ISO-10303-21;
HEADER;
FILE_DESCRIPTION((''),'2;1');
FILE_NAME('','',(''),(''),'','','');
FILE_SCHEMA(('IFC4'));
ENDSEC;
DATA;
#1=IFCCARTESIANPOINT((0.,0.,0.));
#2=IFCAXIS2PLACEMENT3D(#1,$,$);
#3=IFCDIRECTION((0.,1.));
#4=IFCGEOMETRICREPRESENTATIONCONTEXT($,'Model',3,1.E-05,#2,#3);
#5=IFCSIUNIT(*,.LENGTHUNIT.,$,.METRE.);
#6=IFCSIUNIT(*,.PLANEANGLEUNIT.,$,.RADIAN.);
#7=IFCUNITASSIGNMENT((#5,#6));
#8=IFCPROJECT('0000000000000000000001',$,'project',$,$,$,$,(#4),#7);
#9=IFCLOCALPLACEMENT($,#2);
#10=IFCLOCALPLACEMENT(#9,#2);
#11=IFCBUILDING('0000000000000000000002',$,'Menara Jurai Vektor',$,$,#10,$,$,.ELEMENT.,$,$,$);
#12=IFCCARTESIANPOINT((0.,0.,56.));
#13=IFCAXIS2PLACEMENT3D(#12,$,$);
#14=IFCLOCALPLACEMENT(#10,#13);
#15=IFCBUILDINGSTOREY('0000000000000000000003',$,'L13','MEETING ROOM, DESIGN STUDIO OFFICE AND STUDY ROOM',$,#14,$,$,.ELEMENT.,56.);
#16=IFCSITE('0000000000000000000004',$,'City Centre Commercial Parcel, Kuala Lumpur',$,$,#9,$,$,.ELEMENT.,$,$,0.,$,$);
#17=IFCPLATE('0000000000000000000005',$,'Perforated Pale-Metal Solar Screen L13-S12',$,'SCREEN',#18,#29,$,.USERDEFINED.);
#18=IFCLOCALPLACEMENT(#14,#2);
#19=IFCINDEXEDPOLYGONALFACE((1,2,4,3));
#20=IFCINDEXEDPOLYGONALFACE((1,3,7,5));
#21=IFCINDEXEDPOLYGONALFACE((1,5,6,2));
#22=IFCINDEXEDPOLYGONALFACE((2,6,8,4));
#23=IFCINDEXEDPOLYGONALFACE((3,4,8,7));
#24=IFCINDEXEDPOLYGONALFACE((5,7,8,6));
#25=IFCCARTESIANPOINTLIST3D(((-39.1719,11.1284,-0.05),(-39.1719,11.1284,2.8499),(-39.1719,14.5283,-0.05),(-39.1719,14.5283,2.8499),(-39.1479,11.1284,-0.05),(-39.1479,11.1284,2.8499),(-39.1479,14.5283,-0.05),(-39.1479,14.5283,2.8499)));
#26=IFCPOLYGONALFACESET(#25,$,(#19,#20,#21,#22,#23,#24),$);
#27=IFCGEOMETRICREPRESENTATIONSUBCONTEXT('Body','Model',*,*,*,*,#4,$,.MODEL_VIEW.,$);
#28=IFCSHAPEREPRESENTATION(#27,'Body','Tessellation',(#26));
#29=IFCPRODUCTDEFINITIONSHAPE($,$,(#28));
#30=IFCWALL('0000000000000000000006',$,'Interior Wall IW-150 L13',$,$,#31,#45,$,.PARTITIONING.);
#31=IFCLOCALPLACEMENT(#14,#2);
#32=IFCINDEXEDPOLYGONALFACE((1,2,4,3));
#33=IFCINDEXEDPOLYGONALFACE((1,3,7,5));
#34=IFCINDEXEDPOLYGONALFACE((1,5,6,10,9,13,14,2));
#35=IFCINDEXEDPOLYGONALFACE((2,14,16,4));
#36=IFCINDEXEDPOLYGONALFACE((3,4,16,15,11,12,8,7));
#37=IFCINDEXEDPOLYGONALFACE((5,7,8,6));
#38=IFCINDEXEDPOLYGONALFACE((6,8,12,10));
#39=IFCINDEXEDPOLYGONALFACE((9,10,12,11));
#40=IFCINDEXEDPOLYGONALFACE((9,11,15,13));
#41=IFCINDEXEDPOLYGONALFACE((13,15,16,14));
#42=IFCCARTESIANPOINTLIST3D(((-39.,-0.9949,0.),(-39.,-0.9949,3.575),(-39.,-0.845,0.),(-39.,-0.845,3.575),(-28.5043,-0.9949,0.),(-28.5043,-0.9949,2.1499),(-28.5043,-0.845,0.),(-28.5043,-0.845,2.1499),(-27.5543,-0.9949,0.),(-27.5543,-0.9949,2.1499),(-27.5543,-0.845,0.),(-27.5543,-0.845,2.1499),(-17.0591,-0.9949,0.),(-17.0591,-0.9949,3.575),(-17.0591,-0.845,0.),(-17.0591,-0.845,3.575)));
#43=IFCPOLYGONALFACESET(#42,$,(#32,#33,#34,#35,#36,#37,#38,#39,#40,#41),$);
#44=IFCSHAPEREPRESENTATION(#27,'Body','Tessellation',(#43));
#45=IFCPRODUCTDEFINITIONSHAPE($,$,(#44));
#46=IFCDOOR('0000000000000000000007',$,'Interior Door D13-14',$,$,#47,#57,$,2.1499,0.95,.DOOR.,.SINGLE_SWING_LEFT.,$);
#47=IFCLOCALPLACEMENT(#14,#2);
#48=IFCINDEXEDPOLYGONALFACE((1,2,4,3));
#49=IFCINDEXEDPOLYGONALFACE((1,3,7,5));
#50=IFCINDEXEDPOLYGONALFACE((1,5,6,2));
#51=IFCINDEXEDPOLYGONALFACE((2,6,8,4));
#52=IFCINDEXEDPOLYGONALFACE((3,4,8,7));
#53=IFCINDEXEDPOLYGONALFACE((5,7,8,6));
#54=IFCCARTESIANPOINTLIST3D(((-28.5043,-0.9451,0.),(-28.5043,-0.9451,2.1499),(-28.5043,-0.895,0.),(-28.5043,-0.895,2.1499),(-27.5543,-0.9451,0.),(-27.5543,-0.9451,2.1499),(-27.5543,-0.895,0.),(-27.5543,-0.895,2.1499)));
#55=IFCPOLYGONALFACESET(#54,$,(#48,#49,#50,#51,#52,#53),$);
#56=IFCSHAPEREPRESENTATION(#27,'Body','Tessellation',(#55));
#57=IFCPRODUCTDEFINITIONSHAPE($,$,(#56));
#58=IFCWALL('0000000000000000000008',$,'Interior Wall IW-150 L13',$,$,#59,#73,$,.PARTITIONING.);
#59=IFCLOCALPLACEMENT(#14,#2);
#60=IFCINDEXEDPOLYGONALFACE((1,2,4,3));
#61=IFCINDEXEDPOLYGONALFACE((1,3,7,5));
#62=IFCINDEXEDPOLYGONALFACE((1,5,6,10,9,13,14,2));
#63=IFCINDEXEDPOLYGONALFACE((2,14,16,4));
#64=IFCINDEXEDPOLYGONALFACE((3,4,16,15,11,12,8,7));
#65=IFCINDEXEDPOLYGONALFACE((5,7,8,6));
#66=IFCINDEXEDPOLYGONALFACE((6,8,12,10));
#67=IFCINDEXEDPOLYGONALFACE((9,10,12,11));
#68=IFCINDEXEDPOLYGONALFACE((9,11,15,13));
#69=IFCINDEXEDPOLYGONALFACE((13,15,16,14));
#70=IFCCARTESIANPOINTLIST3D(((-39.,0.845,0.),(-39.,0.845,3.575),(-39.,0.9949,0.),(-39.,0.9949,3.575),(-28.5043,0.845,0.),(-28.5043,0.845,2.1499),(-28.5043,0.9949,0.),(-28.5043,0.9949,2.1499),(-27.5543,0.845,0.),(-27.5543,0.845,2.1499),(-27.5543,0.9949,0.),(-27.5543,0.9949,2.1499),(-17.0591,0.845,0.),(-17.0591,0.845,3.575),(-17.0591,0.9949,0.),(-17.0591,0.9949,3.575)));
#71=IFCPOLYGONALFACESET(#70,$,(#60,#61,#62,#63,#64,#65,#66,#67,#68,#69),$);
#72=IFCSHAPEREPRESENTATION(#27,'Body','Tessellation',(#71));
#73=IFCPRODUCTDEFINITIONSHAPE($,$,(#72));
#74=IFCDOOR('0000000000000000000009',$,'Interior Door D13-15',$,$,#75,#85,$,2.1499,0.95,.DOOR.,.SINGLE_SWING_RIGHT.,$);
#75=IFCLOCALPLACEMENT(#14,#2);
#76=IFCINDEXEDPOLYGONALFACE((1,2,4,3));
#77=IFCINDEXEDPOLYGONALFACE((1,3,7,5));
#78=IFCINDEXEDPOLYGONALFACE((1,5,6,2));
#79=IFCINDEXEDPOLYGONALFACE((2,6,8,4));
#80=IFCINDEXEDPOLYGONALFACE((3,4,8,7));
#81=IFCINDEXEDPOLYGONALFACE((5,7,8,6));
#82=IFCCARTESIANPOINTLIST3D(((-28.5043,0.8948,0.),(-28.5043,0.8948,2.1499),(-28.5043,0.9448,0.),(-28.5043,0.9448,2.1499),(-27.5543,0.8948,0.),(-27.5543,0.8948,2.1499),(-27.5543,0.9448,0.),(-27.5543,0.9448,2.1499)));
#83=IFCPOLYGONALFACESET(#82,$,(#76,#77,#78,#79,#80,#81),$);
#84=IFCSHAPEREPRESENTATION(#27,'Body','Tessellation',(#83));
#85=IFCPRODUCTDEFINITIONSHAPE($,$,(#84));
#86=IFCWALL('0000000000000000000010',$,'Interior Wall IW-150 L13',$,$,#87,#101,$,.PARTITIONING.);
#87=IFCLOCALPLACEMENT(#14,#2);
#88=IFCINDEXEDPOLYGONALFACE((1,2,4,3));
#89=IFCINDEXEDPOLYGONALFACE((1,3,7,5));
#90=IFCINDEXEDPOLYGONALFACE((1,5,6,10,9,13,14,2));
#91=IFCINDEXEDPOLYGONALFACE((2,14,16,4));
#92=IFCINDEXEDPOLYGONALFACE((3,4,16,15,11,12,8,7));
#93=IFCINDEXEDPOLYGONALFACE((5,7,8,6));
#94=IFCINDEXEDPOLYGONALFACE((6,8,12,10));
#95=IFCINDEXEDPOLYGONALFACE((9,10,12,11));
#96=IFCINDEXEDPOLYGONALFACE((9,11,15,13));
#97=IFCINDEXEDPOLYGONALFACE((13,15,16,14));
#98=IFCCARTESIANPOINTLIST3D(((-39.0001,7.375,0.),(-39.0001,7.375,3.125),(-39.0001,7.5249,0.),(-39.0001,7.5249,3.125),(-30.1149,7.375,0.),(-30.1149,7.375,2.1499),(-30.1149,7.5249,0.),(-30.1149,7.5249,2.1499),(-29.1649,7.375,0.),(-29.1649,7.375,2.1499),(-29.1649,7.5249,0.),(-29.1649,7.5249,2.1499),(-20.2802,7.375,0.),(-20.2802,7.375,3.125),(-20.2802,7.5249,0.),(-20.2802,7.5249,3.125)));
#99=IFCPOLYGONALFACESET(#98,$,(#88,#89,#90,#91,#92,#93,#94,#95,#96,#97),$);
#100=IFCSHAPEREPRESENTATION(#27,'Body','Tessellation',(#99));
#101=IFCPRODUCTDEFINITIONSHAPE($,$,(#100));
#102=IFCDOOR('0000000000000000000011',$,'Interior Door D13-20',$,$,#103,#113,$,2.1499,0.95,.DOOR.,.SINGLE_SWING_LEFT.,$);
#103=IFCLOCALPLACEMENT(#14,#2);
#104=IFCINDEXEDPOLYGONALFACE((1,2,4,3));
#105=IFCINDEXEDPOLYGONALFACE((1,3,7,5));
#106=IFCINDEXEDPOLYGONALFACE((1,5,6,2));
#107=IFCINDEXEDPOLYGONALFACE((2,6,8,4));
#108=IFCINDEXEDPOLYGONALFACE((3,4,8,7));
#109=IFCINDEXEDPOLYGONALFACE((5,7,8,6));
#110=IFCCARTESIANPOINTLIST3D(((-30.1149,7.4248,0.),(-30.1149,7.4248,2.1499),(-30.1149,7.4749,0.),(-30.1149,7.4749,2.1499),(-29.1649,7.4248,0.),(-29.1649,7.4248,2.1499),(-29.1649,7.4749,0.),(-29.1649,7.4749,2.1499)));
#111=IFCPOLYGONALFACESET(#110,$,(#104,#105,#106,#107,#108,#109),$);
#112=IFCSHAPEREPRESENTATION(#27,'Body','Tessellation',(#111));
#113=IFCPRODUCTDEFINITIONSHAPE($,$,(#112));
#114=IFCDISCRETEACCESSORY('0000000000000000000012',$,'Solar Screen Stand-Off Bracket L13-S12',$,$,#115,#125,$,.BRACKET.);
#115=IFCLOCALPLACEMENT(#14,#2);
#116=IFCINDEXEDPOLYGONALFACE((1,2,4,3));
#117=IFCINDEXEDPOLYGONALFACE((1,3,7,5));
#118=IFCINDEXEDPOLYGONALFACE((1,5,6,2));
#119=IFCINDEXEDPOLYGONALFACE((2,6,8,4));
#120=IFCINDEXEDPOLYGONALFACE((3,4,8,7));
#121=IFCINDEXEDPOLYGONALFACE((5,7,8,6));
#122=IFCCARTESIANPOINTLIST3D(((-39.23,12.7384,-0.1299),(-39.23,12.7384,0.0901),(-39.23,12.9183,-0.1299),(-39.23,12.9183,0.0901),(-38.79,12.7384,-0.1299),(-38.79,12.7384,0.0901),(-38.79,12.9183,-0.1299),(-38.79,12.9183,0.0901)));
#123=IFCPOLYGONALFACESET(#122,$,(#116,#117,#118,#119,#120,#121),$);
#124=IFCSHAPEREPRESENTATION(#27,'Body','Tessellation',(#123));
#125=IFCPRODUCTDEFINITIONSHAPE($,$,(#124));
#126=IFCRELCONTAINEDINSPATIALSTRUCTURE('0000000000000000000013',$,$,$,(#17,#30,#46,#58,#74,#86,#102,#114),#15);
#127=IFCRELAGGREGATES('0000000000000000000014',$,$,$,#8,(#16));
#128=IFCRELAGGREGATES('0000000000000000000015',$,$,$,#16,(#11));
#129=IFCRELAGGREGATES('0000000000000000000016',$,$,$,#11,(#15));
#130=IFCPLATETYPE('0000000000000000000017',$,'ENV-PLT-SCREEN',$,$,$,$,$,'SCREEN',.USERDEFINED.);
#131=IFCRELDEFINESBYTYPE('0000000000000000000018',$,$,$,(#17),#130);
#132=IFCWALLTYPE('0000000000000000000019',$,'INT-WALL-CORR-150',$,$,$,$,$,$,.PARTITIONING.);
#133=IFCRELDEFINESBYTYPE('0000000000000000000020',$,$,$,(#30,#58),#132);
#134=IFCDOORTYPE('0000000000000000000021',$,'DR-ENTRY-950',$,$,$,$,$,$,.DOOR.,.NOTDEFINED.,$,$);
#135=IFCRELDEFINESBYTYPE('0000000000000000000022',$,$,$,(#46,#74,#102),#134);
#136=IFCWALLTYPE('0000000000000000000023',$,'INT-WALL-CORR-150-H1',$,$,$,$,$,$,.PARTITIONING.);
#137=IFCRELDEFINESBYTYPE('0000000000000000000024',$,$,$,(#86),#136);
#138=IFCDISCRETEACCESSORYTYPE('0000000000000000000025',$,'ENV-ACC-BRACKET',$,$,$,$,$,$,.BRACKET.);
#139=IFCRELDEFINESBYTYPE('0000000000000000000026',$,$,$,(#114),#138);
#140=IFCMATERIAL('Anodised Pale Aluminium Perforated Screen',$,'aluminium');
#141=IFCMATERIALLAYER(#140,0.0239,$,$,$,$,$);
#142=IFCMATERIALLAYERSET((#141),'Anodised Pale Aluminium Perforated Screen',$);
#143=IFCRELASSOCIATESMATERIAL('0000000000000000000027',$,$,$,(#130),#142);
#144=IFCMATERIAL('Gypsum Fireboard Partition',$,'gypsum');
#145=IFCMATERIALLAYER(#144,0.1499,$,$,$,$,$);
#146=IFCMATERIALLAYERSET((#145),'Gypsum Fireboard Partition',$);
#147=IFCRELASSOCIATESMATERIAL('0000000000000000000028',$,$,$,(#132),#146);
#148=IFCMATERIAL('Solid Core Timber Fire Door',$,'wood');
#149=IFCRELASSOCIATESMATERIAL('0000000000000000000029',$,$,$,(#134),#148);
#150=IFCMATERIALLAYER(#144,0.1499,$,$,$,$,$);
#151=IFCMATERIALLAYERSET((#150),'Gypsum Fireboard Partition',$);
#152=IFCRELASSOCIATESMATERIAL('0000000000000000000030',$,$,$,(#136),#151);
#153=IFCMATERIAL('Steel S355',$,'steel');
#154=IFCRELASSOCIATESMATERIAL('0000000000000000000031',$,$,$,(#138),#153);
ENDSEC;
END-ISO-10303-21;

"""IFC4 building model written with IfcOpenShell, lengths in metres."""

from ifc_helpers import new_model, si_unit, direction, frame, frame_2d, origin, origin_2d, place, context, subcontext, project, spatial, rectangle, extrude, material, layer, layer_set, type_object, element, fill, save


model = new_model("IFC4")

# Units and contexts
model_context = context("Model", 3, precision=1e-05, world=origin(), true_north=direction((0.0, 1.0)))
body_context = subcontext(model_context, "Body", "Model", "MODEL_VIEW")
ifc_project = project(units=[si_unit("LENGTHUNIT", "METRE"), si_unit("PLANEANGLEUNIT", "RADIAN")], contexts=[model_context])

# Site, building, storey
site_placement = place(None, origin())
site = spatial("IfcSite", under=ifc_project, at=site_placement, Name="City Centre Commercial Parcel, Kuala Lumpur", CompositionType="ELEMENT", RefElevation=0.0)
building_placement = place(site_placement, origin())
building = spatial("IfcBuilding", under=site, at=building_placement, Name="Menara Jurai Vektor", CompositionType="ELEMENT")
storey_placement = place(building_placement, frame((0.0, 0.0, 56.0)))
storey = spatial("IfcBuildingStorey", under=building, at=storey_placement, Name="L13", Description="MEETING ROOM, DESIGN STUDIO OFFICE AND STUDY ROOM", CompositionType="ELEMENT", Elevation=56.0)

# Shared definitions
ifc_material_1 = material(Name="Steel S355", Category="steel")

# Plate
ifc_material_2 = material(Name="Anodised Pale Aluminium Perforated Screen", Category="aluminium")
ifc_layer_1 = layer(ifc_material_2, 0.0239)
ifc_layer_set_1 = layer_set([ifc_layer_1], Name="Anodised Pale Aluminium Perforated Screen")
plate_type_1 = type_object("IfcPlateType", Name="ENV-PLT-SCREEN", ElementType="SCREEN", PredefinedType="USERDEFINED", material=ifc_layer_set_1)
plate_1_placement = place(storey_placement, frame((-39.1599, 12.8284, -0.05), z_axis=(0.0, 0.0, 1.0), x_axis=(0.0, -1.0, 0.0)))
element("IfcPlate", 1, at=plate_1_placement, inside=storey, type_object=plate_type_1, Name="Perforated Pale-Metal Solar Screen L13-S12", ObjectType="SCREEN", PredefinedType="USERDEFINED", context=body_context, shape_type="SweptSolid", body=[
    extrude(rectangle(XDim=3.3999, YDim=0.0239, at=origin_2d()), origin(), (0.0, 0.0, 1.0), 2.8999),
])

# Walls, openings, doors
ifc_material_3 = material(Name="Gypsum Fireboard Partition", Category="gypsum")
ifc_layer_2 = layer(ifc_material_3, 0.1499)
ifc_layer_set_2 = layer_set([ifc_layer_2], Name="Gypsum Fireboard Partition")
wall_type_1 = type_object("IfcWallType", Name="INT-WALL-CORR-150", PredefinedType="PARTITIONING", material=ifc_layer_set_2)
wall_1_placement = place(storey_placement, frame((-39.0, -0.9199, 0.0), z_axis=(0.0, 0.0, 1.0), x_axis=(1.0, 0.0, 0.0)))
wall_1 = element("IfcWall", 2, at=wall_1_placement, inside=storey, type_object=wall_type_1, Name="Interior Wall IW-150 L13", PredefinedType="PARTITIONING", context=body_context, shape_type="SweptSolid", body=[
    extrude(rectangle(XDim=21.9409, YDim=0.1499, at=frame_2d((10.9705, 0.0))), origin(), (0.0, 0.0, 1.0), 3.575),
])
opening_1_placement = place(wall_1_placement, frame((10.4956, 0.0, 0.0)))
opening_1 = element("IfcOpeningElement", 3, at=opening_1_placement, cuts=wall_1, PredefinedType="OPENING", context=body_context, shape_type="SweptSolid", body=[
    extrude(rectangle(XDim=0.95, YDim=2.1499, at=frame_2d((0.4751, 1.075))), frame((0.0, 0.085, 0.0), z_axis=(0.0, -1.0, 0.0), x_axis=(1.0, 0.0, 0.0)), (0.0, 0.0, 1.0), 0.1699),
])
ifc_material_4 = material(Name="Solid Core Timber Fire Door", Category="wood")
door_type = type_object("IfcDoorType", Name="DR-ENTRY-950", OperationType="NOTDEFINED", PredefinedType="DOOR", material=ifc_material_4)
door_1_placement = place(opening_1_placement, origin())
door_1 = element("IfcDoor", 4, at=door_1_placement, inside=storey, type_object=door_type, Name="Interior Door D13-14", OperationType="SINGLE_SWING_LEFT", OverallHeight=2.1499, OverallWidth=0.95, PredefinedType="DOOR", context=body_context, shape_type="SweptSolid", body=[
    extrude(rectangle(XDim=0.95, YDim=2.1499, at=frame_2d((0.4751, 1.075))), frame((0.0, 0.0249, 0.0), z_axis=(0.0, -1.0, 0.0), x_axis=(1.0, 0.0, 0.0)), (0.0, 0.0, 1.0), 0.05),
])
fill(opening_1, door_1)
wall_2_placement = place(storey_placement, frame((-39.0, 0.9199, 0.0), z_axis=(0.0, 0.0, 1.0), x_axis=(1.0, 0.0, 0.0)))
wall_2 = element("IfcWall", 5, at=wall_2_placement, inside=storey, type_object=wall_type_1, Name="Interior Wall IW-150 L13", PredefinedType="PARTITIONING", context=body_context, shape_type="SweptSolid", body=[
    extrude(rectangle(XDim=21.9409, YDim=0.1499, at=frame_2d((10.9705, 0.0))), origin(), (0.0, 0.0, 1.0), 3.575),
])
opening_2_placement = place(wall_2_placement, frame((10.4956, 0.0, 0.0)))
opening_2 = element("IfcOpeningElement", 6, at=opening_2_placement, cuts=wall_2, PredefinedType="OPENING", context=body_context, shape_type="SweptSolid", body=[
    extrude(rectangle(XDim=0.95, YDim=2.1499, at=frame_2d((0.4751, 1.075))), frame((0.0, 0.085, 0.0), z_axis=(0.0, -1.0, 0.0), x_axis=(1.0, 0.0, 0.0)), (0.0, 0.0, 1.0), 0.1699),
])
door_2_placement = place(opening_2_placement, origin())
door_2 = element("IfcDoor", 7, at=door_2_placement, inside=storey, type_object=door_type, Name="Interior Door D13-15", OperationType="SINGLE_SWING_RIGHT", OverallHeight=2.1499, OverallWidth=0.95, PredefinedType="DOOR", context=body_context, shape_type="SweptSolid", body=[
    extrude(rectangle(XDim=0.95, YDim=2.1499, at=frame_2d((0.4751, 1.075))), frame((0.0, 0.0249, 0.0), z_axis=(0.0, -1.0, 0.0), x_axis=(1.0, 0.0, 0.0)), (0.0, 0.0, 1.0), 0.05),
])
fill(opening_2, door_2)
ifc_layer_3 = layer(ifc_material_3, 0.1499)
ifc_layer_set_3 = layer_set([ifc_layer_3], Name="Gypsum Fireboard Partition")
wall_type_2 = type_object("IfcWallType", Name="INT-WALL-CORR-150-H1", PredefinedType="PARTITIONING", material=ifc_layer_set_3)
wall_3_placement = place(storey_placement, frame((-39.0, 7.45, 0.0), z_axis=(0.0, 0.0, 1.0), x_axis=(1.0, 0.0, 0.0)))
wall_3 = element("IfcWall", 8, at=wall_3_placement, inside=storey, type_object=wall_type_2, Name="Interior Wall IW-150 L13", PredefinedType="PARTITIONING", context=body_context, shape_type="SweptSolid", body=[
    extrude(rectangle(XDim=18.72, YDim=0.1499, at=frame_2d((9.3599, 0.0))), origin(), (0.0, 0.0, 1.0), 3.125),
])
opening_3_placement = place(wall_3_placement, frame((8.885, 0.0, 0.0)))
opening_3 = element("IfcOpeningElement", 9, at=opening_3_placement, cuts=wall_3, PredefinedType="OPENING", context=body_context, shape_type="SweptSolid", body=[
    extrude(rectangle(XDim=0.95, YDim=2.1499, at=frame_2d((0.4751, 1.075))), frame((0.0, 0.085, 0.0), z_axis=(0.0, -1.0, 0.0), x_axis=(1.0, 0.0, 0.0)), (0.0, 0.0, 1.0), 0.1699),
])
door_3_placement = place(opening_3_placement, origin())
door_3 = element("IfcDoor", 10, at=door_3_placement, inside=storey, type_object=door_type, Name="Interior Door D13-20", OperationType="SINGLE_SWING_LEFT", OverallHeight=2.1499, OverallWidth=0.95, PredefinedType="DOOR", context=body_context, shape_type="SweptSolid", body=[
    extrude(rectangle(XDim=0.95, YDim=2.1499, at=frame_2d((0.4751, 1.075))), frame((0.0, 0.0249, 0.0), z_axis=(0.0, -1.0, 0.0), x_axis=(1.0, 0.0, 0.0)), (0.0, 0.0, 1.0), 0.05),
])
fill(opening_3, door_3)

# Discrete accessory
discrete_accessory_type = type_object("IfcDiscreteAccessoryType", Name="ENV-ACC-BRACKET", PredefinedType="BRACKET", material=ifc_material_1)
discrete_accessory_placement = place(storey_placement, frame((-39.01, 12.8284, -0.1299), z_axis=(0.0, 0.0, 1.0), x_axis=(0.0, -1.0, 0.0)))
element("IfcDiscreteAccessory", 11, at=discrete_accessory_placement, inside=storey, type_object=discrete_accessory_type, Name="Solar Screen Stand-Off Bracket L13-S12", PredefinedType="BRACKET", context=body_context, shape_type="SweptSolid", body=[
    extrude(rectangle(XDim=0.1799, YDim=0.4399, at=origin_2d()), origin(), (0.0, 0.0, 1.0), 0.22),
])

save(model, "model.ifc")
